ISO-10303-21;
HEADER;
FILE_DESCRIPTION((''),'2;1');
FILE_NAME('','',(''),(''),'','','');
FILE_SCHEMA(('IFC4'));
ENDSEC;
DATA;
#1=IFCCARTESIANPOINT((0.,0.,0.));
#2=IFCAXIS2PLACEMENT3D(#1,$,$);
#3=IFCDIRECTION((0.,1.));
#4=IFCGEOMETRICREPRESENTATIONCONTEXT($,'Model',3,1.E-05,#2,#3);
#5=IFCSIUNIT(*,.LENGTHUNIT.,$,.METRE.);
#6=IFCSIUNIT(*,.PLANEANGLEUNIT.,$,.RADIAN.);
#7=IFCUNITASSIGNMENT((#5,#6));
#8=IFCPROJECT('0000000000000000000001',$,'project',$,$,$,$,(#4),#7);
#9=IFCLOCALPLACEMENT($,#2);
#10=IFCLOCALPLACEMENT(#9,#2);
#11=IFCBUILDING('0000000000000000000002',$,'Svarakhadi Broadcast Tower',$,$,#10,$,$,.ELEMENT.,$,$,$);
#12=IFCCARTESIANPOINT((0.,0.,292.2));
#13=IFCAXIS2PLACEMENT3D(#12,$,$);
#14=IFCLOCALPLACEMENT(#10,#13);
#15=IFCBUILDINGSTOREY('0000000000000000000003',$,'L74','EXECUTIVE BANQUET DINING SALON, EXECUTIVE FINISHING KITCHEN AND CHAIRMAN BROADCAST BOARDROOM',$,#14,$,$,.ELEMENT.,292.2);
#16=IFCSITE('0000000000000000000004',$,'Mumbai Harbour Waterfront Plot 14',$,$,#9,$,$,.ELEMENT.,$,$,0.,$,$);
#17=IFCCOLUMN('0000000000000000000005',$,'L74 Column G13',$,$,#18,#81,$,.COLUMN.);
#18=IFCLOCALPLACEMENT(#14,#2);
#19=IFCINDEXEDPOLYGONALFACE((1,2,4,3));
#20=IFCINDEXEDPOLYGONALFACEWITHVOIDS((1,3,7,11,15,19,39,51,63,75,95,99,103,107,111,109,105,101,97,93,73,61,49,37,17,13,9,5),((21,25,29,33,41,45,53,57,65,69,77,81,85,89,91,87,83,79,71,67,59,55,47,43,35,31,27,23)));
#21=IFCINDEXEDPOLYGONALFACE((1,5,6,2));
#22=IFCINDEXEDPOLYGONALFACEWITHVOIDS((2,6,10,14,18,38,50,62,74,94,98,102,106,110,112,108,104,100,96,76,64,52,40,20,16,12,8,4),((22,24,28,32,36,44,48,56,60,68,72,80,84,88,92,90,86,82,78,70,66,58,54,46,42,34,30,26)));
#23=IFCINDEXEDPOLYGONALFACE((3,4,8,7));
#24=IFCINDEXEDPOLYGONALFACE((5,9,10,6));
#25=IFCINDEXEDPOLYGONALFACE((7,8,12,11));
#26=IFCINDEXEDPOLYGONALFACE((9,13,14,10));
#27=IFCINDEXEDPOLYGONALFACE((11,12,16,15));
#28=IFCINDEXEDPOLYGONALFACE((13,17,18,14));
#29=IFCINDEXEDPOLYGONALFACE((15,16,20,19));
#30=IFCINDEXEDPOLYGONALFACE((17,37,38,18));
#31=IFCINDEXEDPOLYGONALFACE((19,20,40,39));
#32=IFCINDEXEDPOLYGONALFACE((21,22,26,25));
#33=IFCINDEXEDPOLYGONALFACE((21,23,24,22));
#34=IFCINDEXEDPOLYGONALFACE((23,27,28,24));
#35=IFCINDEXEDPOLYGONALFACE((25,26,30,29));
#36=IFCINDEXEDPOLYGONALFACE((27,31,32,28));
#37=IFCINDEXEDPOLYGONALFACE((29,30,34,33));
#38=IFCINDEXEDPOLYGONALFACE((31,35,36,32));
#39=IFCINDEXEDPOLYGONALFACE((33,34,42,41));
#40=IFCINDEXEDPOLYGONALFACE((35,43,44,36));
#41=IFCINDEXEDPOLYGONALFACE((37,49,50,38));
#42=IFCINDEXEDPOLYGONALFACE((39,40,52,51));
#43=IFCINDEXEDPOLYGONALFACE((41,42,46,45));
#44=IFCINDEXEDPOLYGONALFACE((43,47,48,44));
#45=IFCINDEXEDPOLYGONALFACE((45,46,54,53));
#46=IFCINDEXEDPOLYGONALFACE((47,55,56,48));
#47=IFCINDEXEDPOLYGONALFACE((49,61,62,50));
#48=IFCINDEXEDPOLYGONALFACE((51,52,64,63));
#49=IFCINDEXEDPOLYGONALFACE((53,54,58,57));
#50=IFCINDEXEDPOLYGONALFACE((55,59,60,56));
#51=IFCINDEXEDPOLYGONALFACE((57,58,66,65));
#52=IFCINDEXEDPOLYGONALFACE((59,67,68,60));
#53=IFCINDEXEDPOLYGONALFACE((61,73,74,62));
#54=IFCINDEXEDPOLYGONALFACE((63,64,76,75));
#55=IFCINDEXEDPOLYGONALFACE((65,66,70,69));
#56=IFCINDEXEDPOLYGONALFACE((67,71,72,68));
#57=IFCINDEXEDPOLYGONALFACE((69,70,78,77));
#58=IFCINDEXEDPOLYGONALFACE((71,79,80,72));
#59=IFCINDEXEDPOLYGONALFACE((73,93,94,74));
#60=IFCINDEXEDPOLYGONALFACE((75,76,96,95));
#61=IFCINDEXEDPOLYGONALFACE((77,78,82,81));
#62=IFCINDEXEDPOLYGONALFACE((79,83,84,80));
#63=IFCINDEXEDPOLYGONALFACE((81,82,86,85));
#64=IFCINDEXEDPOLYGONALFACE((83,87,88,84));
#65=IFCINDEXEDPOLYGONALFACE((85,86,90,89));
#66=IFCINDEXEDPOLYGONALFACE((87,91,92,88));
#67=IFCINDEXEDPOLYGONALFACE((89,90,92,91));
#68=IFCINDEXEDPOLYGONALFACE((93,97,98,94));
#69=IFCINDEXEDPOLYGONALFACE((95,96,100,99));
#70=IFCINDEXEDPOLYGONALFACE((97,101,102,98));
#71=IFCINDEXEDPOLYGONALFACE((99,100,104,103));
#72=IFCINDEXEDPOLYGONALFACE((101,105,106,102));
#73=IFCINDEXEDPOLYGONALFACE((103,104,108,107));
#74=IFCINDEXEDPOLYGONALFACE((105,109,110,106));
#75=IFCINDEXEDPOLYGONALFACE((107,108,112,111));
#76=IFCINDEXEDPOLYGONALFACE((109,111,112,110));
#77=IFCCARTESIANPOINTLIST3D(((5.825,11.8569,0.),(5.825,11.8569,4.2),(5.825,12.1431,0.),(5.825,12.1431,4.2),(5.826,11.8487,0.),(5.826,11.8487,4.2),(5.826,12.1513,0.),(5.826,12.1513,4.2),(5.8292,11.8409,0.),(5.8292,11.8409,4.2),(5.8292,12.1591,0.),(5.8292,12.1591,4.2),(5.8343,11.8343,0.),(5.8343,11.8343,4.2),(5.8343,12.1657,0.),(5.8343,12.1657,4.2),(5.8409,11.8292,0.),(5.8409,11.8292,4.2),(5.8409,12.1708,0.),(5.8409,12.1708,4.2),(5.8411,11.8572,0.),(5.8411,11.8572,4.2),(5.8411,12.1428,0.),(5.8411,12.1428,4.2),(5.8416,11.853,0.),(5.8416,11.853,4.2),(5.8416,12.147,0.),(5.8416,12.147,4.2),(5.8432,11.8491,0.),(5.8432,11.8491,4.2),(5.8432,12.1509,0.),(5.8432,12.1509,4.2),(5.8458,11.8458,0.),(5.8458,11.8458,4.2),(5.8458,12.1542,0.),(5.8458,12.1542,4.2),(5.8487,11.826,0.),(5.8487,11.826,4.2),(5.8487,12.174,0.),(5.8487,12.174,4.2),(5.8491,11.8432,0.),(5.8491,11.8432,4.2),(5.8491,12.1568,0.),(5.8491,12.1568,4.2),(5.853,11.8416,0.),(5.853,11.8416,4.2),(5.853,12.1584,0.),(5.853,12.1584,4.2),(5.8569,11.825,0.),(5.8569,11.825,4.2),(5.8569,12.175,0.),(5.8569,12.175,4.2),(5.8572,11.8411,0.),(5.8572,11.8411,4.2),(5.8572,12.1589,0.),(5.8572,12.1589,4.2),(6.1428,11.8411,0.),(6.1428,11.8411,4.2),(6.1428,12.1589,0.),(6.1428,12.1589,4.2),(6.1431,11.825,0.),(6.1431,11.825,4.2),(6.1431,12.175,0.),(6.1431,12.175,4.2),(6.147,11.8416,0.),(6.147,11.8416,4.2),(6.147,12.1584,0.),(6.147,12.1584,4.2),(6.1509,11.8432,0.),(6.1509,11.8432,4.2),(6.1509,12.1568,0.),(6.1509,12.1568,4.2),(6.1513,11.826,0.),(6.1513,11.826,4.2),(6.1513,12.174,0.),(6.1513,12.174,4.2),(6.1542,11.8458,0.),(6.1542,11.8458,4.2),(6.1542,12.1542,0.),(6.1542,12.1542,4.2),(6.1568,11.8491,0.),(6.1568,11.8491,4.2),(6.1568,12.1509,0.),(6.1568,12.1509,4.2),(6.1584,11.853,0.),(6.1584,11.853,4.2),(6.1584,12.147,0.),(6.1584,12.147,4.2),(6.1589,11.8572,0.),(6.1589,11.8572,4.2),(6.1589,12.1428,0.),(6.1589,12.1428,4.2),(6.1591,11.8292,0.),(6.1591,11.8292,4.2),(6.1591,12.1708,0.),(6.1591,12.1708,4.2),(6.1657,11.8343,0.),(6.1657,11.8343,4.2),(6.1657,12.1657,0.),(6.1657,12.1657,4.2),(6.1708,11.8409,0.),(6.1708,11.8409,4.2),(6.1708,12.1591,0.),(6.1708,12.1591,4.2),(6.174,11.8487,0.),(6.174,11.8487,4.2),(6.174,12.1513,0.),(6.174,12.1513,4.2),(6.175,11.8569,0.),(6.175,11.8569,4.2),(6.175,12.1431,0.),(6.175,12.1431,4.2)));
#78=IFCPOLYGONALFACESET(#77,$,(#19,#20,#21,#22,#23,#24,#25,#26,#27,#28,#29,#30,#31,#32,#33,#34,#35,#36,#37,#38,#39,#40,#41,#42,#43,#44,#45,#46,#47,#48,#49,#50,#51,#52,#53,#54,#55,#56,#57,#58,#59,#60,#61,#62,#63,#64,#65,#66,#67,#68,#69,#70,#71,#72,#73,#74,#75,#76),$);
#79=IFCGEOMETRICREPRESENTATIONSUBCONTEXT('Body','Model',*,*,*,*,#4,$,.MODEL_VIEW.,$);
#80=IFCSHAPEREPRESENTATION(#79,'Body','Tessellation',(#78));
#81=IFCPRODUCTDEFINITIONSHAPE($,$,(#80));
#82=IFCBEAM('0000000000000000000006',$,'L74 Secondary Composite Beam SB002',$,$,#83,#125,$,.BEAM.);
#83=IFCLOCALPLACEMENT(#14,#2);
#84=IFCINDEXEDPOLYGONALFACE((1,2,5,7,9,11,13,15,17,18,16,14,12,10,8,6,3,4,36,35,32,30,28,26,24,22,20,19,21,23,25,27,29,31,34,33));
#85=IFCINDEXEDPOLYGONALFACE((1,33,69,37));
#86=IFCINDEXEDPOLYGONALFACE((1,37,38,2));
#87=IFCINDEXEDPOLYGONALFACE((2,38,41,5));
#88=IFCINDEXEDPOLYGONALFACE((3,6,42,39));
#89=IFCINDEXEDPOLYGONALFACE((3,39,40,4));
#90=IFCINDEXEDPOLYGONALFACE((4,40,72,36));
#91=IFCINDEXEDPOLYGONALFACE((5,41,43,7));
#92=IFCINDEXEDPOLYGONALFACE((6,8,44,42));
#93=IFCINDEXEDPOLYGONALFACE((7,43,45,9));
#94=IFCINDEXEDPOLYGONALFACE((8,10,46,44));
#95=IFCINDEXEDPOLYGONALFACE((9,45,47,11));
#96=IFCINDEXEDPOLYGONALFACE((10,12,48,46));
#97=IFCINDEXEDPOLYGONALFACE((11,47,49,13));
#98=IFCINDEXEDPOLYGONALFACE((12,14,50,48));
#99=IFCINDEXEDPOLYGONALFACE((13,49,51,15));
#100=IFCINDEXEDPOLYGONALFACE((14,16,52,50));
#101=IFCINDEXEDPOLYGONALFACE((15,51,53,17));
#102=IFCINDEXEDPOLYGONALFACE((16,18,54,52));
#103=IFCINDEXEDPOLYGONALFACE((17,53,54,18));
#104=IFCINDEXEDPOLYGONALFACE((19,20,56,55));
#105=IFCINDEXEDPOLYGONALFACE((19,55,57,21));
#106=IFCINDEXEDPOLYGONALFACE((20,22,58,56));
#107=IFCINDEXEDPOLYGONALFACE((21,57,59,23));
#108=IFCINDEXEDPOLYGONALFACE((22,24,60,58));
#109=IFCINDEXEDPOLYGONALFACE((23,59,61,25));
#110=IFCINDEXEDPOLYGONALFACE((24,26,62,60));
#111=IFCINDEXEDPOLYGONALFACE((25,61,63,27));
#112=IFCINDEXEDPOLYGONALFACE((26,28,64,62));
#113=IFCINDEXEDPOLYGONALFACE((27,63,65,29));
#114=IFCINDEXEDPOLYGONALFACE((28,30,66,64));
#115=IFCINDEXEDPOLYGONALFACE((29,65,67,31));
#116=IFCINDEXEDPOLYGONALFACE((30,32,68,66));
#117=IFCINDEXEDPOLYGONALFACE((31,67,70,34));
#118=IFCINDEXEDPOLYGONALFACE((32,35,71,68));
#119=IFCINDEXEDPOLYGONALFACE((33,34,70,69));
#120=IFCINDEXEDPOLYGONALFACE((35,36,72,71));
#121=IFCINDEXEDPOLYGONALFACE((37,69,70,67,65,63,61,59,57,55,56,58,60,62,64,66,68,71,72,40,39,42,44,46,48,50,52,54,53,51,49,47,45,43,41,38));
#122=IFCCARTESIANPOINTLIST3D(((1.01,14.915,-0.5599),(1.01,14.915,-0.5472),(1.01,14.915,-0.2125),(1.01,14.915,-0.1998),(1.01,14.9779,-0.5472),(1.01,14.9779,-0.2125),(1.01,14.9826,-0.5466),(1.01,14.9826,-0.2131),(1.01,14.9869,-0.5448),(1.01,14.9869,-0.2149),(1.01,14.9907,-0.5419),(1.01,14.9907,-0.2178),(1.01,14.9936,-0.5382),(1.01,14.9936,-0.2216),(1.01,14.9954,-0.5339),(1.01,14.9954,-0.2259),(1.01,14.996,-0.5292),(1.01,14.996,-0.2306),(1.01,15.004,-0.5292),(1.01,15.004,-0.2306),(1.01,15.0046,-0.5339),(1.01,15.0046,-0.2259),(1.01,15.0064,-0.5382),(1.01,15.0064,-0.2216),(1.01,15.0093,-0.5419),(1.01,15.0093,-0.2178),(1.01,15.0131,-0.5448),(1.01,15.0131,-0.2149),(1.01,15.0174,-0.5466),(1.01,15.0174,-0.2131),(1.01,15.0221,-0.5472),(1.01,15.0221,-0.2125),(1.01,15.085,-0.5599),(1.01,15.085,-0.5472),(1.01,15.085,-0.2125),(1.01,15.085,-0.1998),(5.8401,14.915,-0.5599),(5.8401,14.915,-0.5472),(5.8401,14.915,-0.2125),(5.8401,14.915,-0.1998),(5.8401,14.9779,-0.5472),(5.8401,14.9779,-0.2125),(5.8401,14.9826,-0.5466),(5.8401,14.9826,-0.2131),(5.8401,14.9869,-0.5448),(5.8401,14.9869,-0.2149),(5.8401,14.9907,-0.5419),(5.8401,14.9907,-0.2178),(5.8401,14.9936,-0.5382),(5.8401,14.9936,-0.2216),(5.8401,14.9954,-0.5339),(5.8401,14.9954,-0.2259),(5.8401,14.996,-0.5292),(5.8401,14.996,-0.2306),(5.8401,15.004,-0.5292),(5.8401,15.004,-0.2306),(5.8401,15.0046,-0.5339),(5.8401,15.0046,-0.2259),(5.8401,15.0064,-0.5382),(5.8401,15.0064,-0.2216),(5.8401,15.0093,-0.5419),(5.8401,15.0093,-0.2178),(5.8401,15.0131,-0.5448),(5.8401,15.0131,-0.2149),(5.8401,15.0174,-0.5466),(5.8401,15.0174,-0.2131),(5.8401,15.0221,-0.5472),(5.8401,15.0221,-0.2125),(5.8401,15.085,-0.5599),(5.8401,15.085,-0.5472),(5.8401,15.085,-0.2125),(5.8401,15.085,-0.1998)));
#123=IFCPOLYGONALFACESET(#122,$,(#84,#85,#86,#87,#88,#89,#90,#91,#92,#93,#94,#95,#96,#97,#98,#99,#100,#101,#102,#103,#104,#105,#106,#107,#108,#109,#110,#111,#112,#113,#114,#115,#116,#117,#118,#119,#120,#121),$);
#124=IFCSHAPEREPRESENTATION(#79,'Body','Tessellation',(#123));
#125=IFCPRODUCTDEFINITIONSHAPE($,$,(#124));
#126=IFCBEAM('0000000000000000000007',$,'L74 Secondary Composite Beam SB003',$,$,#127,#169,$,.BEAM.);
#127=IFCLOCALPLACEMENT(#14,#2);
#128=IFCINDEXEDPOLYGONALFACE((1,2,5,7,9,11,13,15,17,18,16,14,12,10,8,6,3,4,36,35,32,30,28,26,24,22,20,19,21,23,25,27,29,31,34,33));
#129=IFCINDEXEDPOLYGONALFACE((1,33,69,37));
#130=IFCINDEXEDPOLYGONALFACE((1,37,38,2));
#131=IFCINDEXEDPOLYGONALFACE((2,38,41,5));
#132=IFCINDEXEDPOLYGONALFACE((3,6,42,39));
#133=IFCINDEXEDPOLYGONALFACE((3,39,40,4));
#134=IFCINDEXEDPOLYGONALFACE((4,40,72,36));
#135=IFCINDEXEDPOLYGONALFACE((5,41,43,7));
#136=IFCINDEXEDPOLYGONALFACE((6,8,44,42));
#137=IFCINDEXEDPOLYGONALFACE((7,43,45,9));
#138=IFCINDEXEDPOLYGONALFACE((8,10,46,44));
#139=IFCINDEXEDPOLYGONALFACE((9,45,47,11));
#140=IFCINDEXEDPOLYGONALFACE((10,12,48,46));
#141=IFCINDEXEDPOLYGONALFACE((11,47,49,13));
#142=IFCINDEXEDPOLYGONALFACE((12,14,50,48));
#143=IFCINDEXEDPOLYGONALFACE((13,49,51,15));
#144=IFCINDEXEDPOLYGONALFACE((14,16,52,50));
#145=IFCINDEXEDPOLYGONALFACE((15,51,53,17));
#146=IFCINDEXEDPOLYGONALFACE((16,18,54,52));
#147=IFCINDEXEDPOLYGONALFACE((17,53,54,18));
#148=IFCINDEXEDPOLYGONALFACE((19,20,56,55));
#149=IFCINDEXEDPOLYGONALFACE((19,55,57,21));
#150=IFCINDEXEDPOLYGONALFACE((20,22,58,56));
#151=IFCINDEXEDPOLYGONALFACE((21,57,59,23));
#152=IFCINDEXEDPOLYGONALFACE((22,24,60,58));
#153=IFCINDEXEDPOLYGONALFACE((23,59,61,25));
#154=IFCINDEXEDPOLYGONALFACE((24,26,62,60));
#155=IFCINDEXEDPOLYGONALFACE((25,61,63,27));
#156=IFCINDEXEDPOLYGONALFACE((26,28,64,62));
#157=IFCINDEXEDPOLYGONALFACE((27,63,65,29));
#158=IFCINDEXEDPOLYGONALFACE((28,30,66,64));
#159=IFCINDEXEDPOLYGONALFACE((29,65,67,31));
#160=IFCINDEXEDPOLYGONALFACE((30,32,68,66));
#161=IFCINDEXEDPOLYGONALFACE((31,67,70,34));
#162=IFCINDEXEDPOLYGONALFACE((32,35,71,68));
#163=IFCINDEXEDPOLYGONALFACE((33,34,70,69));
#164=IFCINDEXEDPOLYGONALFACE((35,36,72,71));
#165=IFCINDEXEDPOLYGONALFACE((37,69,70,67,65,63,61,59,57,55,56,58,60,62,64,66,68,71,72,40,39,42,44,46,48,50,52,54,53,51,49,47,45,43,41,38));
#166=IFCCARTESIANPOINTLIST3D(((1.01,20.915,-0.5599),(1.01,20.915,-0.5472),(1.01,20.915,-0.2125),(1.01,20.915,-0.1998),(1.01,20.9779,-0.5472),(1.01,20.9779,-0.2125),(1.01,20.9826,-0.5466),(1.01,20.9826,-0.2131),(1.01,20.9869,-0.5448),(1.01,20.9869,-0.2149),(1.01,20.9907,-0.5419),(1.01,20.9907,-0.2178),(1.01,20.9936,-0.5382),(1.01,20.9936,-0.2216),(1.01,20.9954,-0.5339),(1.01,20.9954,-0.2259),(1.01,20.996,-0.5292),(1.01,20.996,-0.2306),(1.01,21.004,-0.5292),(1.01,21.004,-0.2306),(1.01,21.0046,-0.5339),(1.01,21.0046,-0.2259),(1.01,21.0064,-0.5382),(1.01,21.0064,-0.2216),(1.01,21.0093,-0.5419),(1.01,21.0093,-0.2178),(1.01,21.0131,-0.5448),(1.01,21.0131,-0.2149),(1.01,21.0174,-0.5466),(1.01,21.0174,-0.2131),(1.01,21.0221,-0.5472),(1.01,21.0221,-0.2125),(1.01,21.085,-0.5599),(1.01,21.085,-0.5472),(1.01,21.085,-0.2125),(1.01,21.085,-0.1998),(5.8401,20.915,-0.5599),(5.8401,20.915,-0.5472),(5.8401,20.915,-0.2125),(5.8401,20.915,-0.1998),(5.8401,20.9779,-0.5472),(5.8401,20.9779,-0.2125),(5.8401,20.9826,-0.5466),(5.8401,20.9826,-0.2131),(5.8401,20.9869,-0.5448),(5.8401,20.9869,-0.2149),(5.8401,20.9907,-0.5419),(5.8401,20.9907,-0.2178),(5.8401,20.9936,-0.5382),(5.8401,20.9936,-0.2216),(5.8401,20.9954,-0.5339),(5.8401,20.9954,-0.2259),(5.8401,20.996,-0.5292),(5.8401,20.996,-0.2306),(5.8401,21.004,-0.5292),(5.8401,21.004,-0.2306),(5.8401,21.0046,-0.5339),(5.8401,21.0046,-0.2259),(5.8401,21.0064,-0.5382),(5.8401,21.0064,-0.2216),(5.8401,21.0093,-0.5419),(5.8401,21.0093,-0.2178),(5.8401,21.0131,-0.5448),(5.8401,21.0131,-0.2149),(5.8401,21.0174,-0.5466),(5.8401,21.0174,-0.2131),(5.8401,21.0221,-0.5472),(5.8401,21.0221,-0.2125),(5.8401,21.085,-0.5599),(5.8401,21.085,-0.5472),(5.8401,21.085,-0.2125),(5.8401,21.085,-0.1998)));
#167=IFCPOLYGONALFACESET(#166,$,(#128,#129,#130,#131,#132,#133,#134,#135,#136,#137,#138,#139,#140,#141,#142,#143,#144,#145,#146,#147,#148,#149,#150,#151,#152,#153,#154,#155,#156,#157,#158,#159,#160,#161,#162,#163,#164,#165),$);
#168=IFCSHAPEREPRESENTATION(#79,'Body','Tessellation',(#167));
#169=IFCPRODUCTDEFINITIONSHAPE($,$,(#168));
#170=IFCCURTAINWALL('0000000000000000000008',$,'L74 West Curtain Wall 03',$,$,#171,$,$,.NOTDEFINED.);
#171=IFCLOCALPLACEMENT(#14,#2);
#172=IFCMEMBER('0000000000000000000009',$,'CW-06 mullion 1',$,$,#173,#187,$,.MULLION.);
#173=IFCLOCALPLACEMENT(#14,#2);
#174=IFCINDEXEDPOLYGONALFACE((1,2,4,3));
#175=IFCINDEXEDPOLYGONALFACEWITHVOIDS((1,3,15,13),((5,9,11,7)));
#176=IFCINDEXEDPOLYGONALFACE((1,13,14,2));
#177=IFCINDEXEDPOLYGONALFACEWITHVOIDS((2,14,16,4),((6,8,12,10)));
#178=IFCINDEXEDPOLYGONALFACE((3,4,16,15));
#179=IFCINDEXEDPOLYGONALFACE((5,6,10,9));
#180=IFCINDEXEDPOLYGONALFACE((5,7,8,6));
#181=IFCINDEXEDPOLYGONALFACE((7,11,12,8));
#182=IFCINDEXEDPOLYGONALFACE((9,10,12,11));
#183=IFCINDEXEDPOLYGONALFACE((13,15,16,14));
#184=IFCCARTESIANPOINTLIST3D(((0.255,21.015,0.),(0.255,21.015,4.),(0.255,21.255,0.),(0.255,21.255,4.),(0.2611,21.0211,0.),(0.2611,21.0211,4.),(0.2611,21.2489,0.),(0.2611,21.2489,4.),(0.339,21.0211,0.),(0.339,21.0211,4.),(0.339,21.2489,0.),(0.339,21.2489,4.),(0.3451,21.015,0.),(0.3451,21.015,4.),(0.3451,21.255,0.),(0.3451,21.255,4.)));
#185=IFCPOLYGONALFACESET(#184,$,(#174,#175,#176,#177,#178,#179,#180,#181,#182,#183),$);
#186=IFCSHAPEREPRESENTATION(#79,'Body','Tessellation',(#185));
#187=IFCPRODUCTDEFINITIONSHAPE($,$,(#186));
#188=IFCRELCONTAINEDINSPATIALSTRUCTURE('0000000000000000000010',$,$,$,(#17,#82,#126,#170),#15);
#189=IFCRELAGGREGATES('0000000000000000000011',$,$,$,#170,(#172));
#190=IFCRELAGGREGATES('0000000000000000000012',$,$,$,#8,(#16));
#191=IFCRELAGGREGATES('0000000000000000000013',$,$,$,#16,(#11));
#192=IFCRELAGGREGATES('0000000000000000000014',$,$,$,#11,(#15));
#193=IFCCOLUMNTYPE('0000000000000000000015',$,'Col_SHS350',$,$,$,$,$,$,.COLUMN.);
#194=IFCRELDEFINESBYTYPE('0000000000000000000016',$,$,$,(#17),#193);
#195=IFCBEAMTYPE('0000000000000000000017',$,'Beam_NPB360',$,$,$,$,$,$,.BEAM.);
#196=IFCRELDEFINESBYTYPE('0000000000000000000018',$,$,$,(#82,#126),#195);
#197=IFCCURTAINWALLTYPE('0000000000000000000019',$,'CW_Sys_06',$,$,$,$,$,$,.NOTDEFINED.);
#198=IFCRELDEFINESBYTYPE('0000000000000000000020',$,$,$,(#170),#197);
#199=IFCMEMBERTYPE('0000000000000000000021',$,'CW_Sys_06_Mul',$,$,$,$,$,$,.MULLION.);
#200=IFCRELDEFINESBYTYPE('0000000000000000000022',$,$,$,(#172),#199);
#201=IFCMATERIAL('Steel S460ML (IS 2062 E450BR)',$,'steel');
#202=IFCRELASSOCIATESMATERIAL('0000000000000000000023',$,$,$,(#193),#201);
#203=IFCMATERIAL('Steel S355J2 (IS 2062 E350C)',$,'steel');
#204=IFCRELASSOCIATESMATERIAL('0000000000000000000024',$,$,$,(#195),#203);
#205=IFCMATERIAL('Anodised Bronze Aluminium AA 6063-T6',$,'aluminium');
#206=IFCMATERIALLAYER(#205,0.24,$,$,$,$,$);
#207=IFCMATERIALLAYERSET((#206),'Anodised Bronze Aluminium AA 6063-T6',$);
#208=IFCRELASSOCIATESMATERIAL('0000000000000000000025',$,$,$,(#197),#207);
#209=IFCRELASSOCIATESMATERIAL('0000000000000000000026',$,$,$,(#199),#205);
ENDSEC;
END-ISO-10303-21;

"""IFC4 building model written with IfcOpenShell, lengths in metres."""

from ifc_helpers import new_model, si_unit, direction, frame, origin, origin_2d, place, context, subcontext, project, spatial, hollow_rectangle, i_section, extrude, material, layer, layer_set, material_profile, profile_set, type_object, element, aggregate, save


model = new_model("IFC4")

# Units and contexts
model_context = context("Model", 3, precision=1e-05, world=origin(), true_north=direction((0.0, 1.0)))
body_context = subcontext(model_context, "Body", "Model", "MODEL_VIEW")
ifc_project = project(units=[si_unit("LENGTHUNIT", "METRE"), si_unit("PLANEANGLEUNIT", "RADIAN")], contexts=[model_context])

# Site, building, storey
site_placement = place(None, origin())
site = spatial("IfcSite", under=ifc_project, at=site_placement, Name="Mumbai Harbour Waterfront Plot 14", CompositionType="ELEMENT", RefElevation=0.0)
building_placement = place(site_placement, origin())
building = spatial("IfcBuilding", under=site, at=building_placement, Name="Svarakhadi Broadcast Tower", CompositionType="ELEMENT")
storey_placement = place(building_placement, frame((0.0, 0.0, 292.2)))
storey = spatial("IfcBuildingStorey", under=building, at=storey_placement, Name="L74", Description="EXECUTIVE BANQUET DINING SALON, EXECUTIVE FINISHING KITCHEN AND CHAIRMAN BROADCAST BOARDROOM", CompositionType="ELEMENT", Elevation=292.2)

# Column
ifc_material_1 = material(Name="Steel S460ML (IS 2062 E450BR)", Category="steel")
ifc_material_profile_1 = material_profile(ifc_material_1, hollow_rectangle(XDim=0.3501, YDim=0.3501, WallThickness=0.0161, InnerFilletRadius=0.0161, OuterFilletRadius=0.032, at=origin_2d()), Name="SHS 350x350x16")
ifc_profile_set_1 = profile_set([ifc_material_profile_1], Name="Steel S460ML (IS 2062 E450BR)")
column_type_1 = type_object("IfcColumnType", Name="Col_SHS350", PredefinedType="COLUMN", material=ifc_profile_set_1)
for number, where, z_axis, x_axis, name in (
    (1, (6.0, 12.0, 0.0), (0.0, 0.0, 1.0), (1.0, 0.0, 0.0), "L74 Column G13"),
):
    element("IfcColumn", number, at=place(storey_placement, frame(where, z_axis=z_axis, x_axis=x_axis)), inside=storey, type_object=column_type_1, Name=name, PredefinedType="COLUMN", context=body_context, shape_type="SweptSolid", body=[
        extrude(hollow_rectangle(XDim=0.3501, YDim=0.3501, WallThickness=0.0161, InnerFilletRadius=0.0161, OuterFilletRadius=0.032, at=origin_2d()), origin(), (0.0, 0.0, 1.0), 4.2),
    ])

# Beams
ifc_material_2 = material(Name="Steel S355J2 (IS 2062 E350C)", Category="steel")
ifc_material_profile_2 = material_profile(ifc_material_2, i_section(OverallWidth=0.1699, OverallDepth=0.3601, WebThickness=0.0081, FlangeThickness=0.0127, FilletRadius=0.0181, at=origin_2d()), Name="NPB 360x170x57")
ifc_profile_set_2 = profile_set([ifc_material_profile_2], Name="Steel S355J2 (IS 2062 E350C)")
beam_type_1 = type_object("IfcBeamType", Name="Beam_NPB360", PredefinedType="BEAM", material=ifc_profile_set_2)
for number, where, z_axis, x_axis, name in (
    (2, (1.01, 15.0, -0.3799), (1.0, 0.0, 0.0), (0.0, 1.0, 0.0), "L74 Secondary Composite Beam SB002"),
    (3, (1.01, 21.0, -0.3799), (1.0, 0.0, 0.0), (0.0, 1.0, 0.0), "L74 Secondary Composite Beam SB003"),
):
    element("IfcBeam", number, at=place(storey_placement, frame(where, z_axis=z_axis, x_axis=x_axis)), inside=storey, type_object=beam_type_1, Name=name, PredefinedType="BEAM", context=body_context, shape_type="SweptSolid", body=[
        extrude(i_section(OverallWidth=0.1699, OverallDepth=0.3601, WebThickness=0.0081, FlangeThickness=0.0127, FilletRadius=0.0181, at=origin_2d()), origin(), (0.0, 0.0, 1.0), 4.8301),
    ])

# Curtain wall, member
ifc_material_3 = material(Name="Anodised Bronze Aluminium AA 6063-T6", Category="aluminium")
ifc_layer_1 = layer(ifc_material_3, 0.24)
ifc_layer_set_1 = layer_set([ifc_layer_1], Name="Anodised Bronze Aluminium AA 6063-T6")
curtain_wall_type = type_object("IfcCurtainWallType", Name="CW_Sys_06", PredefinedType="NOTDEFINED", material=ifc_layer_set_1)
curtain_wall_placement = place(storey_placement, origin())
curtain_wall = element("IfcCurtainWall", 4, at=curtain_wall_placement, inside=storey, type_object=curtain_wall_type, Name="L74 West Curtain Wall 03", PredefinedType="NOTDEFINED")
ifc_material_profile_3 = material_profile(ifc_material_3, hollow_rectangle(XDim=0.0901, YDim=0.24, WallThickness=0.0061, at=origin_2d()), Name="ALU MULLION 240x90x6")
ifc_profile_set_3 = profile_set([ifc_material_profile_3], Name="Anodised Bronze Aluminium AA 6063-T6")
member_type_1 = type_object("IfcMemberType", Name="CW_Sys_06_Mul", PredefinedType="MULLION", material=ifc_profile_set_3)
member_1_placement = place(storey_placement, frame((0.3, 21.135, 0.0), z_axis=(0.0, 0.0, 1.0), x_axis=(-1.0, 0.0, 0.0)))
member_1 = element("IfcMember", 5, at=member_1_placement, type_object=member_type_1, Name="CW-06 mullion 1", PredefinedType="MULLION", context=body_context, shape_type="SweptSolid", body=[
    extrude(hollow_rectangle(XDim=0.0901, YDim=0.24, WallThickness=0.0061, at=origin_2d()), origin(), (0.0, 0.0, 1.0), 4.0),
])

aggregate(curtain_wall, [member_1])

save(model, "model.ifc")
